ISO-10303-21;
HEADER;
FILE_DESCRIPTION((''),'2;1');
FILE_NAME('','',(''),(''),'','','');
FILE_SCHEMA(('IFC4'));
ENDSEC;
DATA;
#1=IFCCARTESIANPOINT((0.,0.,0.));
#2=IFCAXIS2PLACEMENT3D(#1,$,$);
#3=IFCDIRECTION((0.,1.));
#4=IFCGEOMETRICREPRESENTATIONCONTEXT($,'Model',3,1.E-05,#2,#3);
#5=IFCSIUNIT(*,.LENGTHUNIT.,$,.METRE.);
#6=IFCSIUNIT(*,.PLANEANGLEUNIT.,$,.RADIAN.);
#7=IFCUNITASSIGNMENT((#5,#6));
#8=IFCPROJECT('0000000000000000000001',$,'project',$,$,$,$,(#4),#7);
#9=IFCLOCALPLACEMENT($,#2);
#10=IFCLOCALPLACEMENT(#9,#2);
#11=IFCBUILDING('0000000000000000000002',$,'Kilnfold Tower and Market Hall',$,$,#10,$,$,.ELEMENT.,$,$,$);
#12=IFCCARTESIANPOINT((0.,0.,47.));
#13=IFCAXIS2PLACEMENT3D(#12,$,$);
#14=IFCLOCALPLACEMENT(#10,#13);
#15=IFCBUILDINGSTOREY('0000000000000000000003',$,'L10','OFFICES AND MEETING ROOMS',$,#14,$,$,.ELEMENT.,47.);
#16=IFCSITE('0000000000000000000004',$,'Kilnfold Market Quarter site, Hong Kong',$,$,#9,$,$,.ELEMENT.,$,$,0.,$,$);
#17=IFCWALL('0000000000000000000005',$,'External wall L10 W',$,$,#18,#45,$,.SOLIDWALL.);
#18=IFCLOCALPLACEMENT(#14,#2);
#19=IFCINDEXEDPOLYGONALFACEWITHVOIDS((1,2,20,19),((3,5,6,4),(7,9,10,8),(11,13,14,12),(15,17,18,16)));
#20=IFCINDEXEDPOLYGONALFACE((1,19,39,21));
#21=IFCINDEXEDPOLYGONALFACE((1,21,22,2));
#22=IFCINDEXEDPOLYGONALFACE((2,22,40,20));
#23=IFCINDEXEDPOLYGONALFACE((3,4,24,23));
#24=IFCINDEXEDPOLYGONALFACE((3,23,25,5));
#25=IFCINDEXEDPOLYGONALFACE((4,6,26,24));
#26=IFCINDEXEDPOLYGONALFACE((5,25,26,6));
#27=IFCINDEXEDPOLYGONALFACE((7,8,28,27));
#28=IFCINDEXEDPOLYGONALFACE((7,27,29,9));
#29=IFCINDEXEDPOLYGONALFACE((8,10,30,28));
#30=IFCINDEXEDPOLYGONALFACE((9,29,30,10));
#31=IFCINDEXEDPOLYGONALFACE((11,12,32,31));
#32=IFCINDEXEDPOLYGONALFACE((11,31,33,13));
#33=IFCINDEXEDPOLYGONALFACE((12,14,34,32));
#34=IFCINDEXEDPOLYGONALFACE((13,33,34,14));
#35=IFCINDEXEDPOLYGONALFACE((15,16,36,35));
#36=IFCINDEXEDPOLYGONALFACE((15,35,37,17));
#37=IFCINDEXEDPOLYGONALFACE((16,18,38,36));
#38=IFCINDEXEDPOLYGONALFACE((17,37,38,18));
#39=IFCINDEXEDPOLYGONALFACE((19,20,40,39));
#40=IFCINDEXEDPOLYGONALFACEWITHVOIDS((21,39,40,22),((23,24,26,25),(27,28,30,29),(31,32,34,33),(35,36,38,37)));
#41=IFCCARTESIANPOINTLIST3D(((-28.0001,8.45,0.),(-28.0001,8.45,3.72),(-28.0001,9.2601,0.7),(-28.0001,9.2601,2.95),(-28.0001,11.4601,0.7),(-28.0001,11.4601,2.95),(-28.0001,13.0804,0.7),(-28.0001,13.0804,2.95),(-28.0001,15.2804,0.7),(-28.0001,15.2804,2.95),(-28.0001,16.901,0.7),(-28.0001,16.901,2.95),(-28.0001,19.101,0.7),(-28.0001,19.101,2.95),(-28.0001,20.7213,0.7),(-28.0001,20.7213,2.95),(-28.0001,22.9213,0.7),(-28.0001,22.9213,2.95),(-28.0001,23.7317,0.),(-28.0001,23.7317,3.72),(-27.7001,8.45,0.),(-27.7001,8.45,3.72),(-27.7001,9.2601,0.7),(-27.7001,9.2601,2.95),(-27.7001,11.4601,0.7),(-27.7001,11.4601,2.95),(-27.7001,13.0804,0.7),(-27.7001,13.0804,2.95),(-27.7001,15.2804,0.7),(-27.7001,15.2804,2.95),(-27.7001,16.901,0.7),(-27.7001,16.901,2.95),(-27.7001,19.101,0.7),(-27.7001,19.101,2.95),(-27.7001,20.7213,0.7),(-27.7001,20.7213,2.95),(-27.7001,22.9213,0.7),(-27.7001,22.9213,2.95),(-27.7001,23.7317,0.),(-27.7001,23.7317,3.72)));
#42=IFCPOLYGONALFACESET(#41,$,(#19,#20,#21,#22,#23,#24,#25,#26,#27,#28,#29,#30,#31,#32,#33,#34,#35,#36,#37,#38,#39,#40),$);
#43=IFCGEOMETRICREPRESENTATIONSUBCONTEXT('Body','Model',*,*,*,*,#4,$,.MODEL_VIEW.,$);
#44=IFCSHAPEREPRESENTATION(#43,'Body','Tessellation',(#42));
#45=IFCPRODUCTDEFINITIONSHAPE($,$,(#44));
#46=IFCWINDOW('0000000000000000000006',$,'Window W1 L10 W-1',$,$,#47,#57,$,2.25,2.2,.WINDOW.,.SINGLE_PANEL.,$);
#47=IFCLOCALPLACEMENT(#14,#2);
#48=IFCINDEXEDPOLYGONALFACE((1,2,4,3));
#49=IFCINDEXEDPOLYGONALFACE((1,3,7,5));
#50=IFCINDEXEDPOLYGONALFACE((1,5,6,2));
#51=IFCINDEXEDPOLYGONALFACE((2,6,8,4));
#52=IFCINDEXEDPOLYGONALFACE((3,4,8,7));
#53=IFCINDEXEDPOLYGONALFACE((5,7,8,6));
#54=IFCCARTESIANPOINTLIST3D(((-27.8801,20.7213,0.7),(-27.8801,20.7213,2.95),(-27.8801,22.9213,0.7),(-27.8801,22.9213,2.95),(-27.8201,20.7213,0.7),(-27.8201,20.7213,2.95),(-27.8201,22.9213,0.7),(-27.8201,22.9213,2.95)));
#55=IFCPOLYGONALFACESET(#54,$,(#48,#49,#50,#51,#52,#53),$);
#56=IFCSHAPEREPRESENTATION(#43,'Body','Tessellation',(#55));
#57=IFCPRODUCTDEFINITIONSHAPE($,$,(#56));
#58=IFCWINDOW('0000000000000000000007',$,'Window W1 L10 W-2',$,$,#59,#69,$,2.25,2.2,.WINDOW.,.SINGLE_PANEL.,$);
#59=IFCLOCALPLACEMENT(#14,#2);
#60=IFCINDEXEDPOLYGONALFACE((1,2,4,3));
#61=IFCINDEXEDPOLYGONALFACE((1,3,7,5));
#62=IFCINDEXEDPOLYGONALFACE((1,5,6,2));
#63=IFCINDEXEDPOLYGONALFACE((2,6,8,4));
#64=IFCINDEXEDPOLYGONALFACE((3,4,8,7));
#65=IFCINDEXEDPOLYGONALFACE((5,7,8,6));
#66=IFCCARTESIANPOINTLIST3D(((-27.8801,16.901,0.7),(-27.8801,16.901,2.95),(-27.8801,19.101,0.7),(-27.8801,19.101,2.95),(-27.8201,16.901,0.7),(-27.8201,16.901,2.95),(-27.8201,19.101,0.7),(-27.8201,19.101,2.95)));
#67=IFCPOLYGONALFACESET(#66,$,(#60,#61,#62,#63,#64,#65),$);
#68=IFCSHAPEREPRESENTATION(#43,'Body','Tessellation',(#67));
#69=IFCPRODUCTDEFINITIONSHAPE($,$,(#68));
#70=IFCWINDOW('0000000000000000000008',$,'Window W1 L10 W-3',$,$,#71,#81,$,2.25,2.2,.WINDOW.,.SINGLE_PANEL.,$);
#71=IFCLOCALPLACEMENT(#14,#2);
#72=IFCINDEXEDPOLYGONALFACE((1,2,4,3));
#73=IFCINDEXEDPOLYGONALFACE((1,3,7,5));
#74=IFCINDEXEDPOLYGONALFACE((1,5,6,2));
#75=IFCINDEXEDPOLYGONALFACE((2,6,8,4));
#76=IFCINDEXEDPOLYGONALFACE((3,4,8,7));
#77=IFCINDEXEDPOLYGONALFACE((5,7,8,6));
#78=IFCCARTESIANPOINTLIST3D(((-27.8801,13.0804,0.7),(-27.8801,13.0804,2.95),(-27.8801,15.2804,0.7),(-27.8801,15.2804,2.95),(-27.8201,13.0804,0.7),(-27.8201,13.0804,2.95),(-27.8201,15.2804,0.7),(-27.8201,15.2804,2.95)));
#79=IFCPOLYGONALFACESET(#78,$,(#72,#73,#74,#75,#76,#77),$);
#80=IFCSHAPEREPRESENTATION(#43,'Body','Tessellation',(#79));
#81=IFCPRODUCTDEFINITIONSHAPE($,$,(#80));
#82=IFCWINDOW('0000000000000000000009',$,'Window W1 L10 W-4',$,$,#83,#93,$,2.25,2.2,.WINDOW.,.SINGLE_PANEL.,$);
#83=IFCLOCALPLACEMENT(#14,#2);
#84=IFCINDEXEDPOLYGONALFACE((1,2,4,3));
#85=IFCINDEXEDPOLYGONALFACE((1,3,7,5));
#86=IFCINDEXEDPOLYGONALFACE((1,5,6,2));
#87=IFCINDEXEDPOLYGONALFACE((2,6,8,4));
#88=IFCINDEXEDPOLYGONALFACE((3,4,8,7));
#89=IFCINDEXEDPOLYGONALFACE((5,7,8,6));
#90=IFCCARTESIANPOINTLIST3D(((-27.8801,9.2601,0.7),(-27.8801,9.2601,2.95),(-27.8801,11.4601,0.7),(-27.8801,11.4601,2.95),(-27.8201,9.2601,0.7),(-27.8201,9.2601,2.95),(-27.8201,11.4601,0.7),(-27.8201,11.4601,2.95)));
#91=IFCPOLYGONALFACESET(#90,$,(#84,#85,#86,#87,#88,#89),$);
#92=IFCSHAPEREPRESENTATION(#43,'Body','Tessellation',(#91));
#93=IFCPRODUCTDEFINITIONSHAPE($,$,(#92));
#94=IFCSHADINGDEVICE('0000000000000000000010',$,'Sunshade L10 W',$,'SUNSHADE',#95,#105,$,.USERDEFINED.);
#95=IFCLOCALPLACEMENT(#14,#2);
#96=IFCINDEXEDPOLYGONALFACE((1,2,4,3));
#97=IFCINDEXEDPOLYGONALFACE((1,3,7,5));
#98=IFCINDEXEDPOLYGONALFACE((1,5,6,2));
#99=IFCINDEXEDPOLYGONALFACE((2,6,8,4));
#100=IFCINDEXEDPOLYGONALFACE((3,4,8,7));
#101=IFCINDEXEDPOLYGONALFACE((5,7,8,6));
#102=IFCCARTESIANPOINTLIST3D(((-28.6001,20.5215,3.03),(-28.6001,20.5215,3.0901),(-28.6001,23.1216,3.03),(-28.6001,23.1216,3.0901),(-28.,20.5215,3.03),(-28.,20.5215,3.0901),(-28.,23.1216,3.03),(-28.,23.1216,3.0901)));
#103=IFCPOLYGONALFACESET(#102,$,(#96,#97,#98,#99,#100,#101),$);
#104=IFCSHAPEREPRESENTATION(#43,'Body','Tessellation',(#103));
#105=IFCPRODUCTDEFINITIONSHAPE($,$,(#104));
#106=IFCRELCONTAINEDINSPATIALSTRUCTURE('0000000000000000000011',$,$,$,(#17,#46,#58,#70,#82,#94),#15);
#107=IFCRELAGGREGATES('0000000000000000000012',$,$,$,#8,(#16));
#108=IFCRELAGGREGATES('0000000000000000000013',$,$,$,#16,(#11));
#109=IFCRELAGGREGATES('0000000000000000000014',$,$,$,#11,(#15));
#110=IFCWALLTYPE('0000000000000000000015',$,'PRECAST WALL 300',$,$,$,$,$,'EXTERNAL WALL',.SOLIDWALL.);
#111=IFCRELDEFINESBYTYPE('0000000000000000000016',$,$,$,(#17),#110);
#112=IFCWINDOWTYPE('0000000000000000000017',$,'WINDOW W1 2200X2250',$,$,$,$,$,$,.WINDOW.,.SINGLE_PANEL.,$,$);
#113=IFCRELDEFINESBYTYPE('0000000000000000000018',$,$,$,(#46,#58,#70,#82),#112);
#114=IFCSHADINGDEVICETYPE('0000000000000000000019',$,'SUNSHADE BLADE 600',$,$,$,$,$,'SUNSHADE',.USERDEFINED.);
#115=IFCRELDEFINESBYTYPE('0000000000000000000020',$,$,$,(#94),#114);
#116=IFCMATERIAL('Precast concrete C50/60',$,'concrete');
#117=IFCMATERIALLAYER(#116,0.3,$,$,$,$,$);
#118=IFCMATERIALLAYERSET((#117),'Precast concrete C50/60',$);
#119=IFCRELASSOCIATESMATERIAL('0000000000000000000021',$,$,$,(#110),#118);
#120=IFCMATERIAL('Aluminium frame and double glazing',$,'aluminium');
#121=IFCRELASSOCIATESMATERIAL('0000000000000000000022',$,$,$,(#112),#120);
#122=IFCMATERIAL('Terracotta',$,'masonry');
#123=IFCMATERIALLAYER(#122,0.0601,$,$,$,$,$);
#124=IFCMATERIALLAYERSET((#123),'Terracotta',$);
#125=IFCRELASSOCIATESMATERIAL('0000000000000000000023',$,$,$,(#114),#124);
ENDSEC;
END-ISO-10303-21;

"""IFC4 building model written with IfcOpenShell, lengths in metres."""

from ifc_helpers import new_model, si_unit, direction, frame, frame_2d, origin, origin_2d, place, context, subcontext, project, spatial, rectangle, extrude, source, transform, mapped, material, layer, layer_set, type_object, element, fill, save


model = new_model("IFC4")

# Units and contexts
model_context = context("Model", 3, precision=1e-05, world=origin(), true_north=direction((0.0, 1.0)))
body_context = subcontext(model_context, "Body", "Model", "MODEL_VIEW")
ifc_project = project(units=[si_unit("LENGTHUNIT", "METRE"), si_unit("PLANEANGLEUNIT", "RADIAN")], contexts=[model_context])

# Site, building, storey
site_placement = place(None, origin())
site = spatial("IfcSite", under=ifc_project, at=site_placement, Name="Kilnfold Market Quarter site, Hong Kong", CompositionType="ELEMENT", RefElevation=0.0)
building_placement = place(site_placement, origin())
building = spatial("IfcBuilding", under=site, at=building_placement, Name="Kilnfold Tower and Market Hall", CompositionType="ELEMENT")
storey_placement = place(building_placement, frame((0.0, 0.0, 47.0)))
storey = spatial("IfcBuildingStorey", under=building, at=storey_placement, Name="L10", Description="OFFICES AND MEETING ROOMS", CompositionType="ELEMENT", Elevation=47.0)

# Shared definitions
ifc_material_1 = material(Name="Precast concrete C50/60", Category="concrete")
ifc_layer_1 = layer(ifc_material_1, 0.3)
ifc_layer_set_1 = layer_set([ifc_layer_1], Name="Precast concrete C50/60")
wall_type_1 = type_object("IfcWallType", Name="PRECAST WALL 300", ElementType="EXTERNAL WALL", PredefinedType="SOLIDWALL", material=ifc_layer_set_1)
ifc_material_2 = material(Name="Aluminium frame and double glazing", Category="aluminium")
window_type = type_object("IfcWindowType", Name="WINDOW W1 2200X2250", PartitioningType="SINGLE_PANEL", PredefinedType="WINDOW", material=ifc_material_2)

# Wall, openings, windows
shared_shape_1 = source(origin(), body_context, "Body", "SweptSolid", [
    extrude(rectangle(XDim=15.2817, YDim=0.3, at=frame_2d((7.6409, 0.0))), origin(), (0.0, 0.0, 1.0), 3.72),
])
wall_1_placement = place(storey_placement, frame((-27.8501, 23.7317, 0.0), z_axis=(0.0, 0.0, 1.0), x_axis=(0.0, -1.0, 0.0)))
wall_1 = element("IfcWall", 1, at=wall_1_placement, inside=storey, type_object=wall_type_1, Name="External wall L10 W", PredefinedType="SOLIDWALL", context=body_context, shape_type="MappedRepresentation", body=[
    mapped(shared_shape_1, transform((0.0, 0.0, 0.0))),
])
opening_1_placement = place(wall_1_placement, frame((0.8103, 0.0, 0.7)))
opening_1 = element("IfcOpeningElement", 2, at=opening_1_placement, cuts=wall_1, PredefinedType="OPENING", context=body_context, shape_type="SweptSolid", body=[
    extrude(rectangle(XDim=2.2, YDim=2.25, at=frame_2d((1.1001, 1.125))), frame((0.0, 0.1602, 0.0), z_axis=(0.0, -1.0, 0.0), x_axis=(1.0, 0.0, 0.0)), (0.0, 0.0, 1.0), 0.3201),
])
opening_2_placement = place(wall_1_placement, frame((4.6306, 0.0, 0.7)))
opening_2 = element("IfcOpeningElement", 3, at=opening_2_placement, cuts=wall_1, PredefinedType="OPENING", context=body_context, shape_type="SweptSolid", body=[
    extrude(rectangle(XDim=2.2, YDim=2.25, at=frame_2d((1.1001, 1.125))), frame((0.0, 0.1602, 0.0), z_axis=(0.0, -1.0, 0.0), x_axis=(1.0, 0.0, 0.0)), (0.0, 0.0, 1.0), 0.3201),
])
opening_3_placement = place(wall_1_placement, frame((8.4512, 0.0, 0.7)))
opening_3 = element("IfcOpeningElement", 4, at=opening_3_placement, cuts=wall_1, PredefinedType="OPENING", context=body_context, shape_type="SweptSolid", body=[
    extrude(rectangle(XDim=2.2, YDim=2.25, at=frame_2d((1.1001, 1.125))), frame((0.0, 0.1602, 0.0), z_axis=(0.0, -1.0, 0.0), x_axis=(1.0, 0.0, 0.0)), (0.0, 0.0, 1.0), 0.3201),
])
opening_4_placement = place(wall_1_placement, frame((12.2715, 0.0, 0.7)))
opening_4 = element("IfcOpeningElement", 5, at=opening_4_placement, cuts=wall_1, PredefinedType="OPENING", context=body_context, shape_type="SweptSolid", body=[
    extrude(rectangle(XDim=2.2, YDim=2.25, at=frame_2d((1.1001, 1.125))), frame((0.0, 0.1602, 0.0), z_axis=(0.0, -1.0, 0.0), x_axis=(1.0, 0.0, 0.0)), (0.0, 0.0, 1.0), 0.3201),
])
window_1_placement = place(opening_1_placement, origin())
window_1 = element("IfcWindow", 6, at=window_1_placement, inside=storey, type_object=window_type, Name="Window W1 L10 W-1", OverallHeight=2.25, OverallWidth=2.2, PartitioningType="SINGLE_PANEL", PredefinedType="WINDOW", context=body_context, shape_type="SweptSolid", body=[
    extrude(rectangle(XDim=2.2, YDim=2.25, at=frame_2d((1.1001, 1.125))), frame((0.0, 0.03, 0.0), z_axis=(0.0, -1.0, 0.0), x_axis=(1.0, 0.0, 0.0)), (0.0, 0.0, 1.0), 0.0601),
])
fill(opening_1, window_1)
window_2_placement = place(opening_2_placement, origin())
window_2 = element("IfcWindow", 7, at=window_2_placement, inside=storey, type_object=window_type, Name="Window W1 L10 W-2", OverallHeight=2.25, OverallWidth=2.2, PartitioningType="SINGLE_PANEL", PredefinedType="WINDOW", context=body_context, shape_type="SweptSolid", body=[
    extrude(rectangle(XDim=2.2, YDim=2.25, at=frame_2d((1.1001, 1.125))), frame((0.0, 0.03, 0.0), z_axis=(0.0, -1.0, 0.0), x_axis=(1.0, 0.0, 0.0)), (0.0, 0.0, 1.0), 0.0601),
])
fill(opening_2, window_2)
window_3_placement = place(opening_3_placement, origin())
window_3 = element("IfcWindow", 8, at=window_3_placement, inside=storey, type_object=window_type, Name="Window W1 L10 W-3", OverallHeight=2.25, OverallWidth=2.2, PartitioningType="SINGLE_PANEL", PredefinedType="WINDOW", context=body_context, shape_type="SweptSolid", body=[
    extrude(rectangle(XDim=2.2, YDim=2.25, at=frame_2d((1.1001, 1.125))), frame((0.0, 0.03, 0.0), z_axis=(0.0, -1.0, 0.0), x_axis=(1.0, 0.0, 0.0)), (0.0, 0.0, 1.0), 0.0601),
])
fill(opening_3, window_3)
window_4_placement = place(opening_4_placement, origin())
window_4 = element("IfcWindow", 9, at=window_4_placement, inside=storey, type_object=window_type, Name="Window W1 L10 W-4", OverallHeight=2.25, OverallWidth=2.2, PartitioningType="SINGLE_PANEL", PredefinedType="WINDOW", context=body_context, shape_type="SweptSolid", body=[
    extrude(rectangle(XDim=2.2, YDim=2.25, at=frame_2d((1.1001, 1.125))), frame((0.0, 0.03, 0.0), z_axis=(0.0, -1.0, 0.0), x_axis=(1.0, 0.0, 0.0)), (0.0, 0.0, 1.0), 0.0601),
])
fill(opening_4, window_4)

# Shading device
ifc_material_3 = material(Name="Terracotta", Category="masonry")
ifc_layer_2 = layer(ifc_material_3, 0.0601)
ifc_layer_set_2 = layer_set([ifc_layer_2], Name="Terracotta")
shading_device_type = type_object("IfcShadingDeviceType", Name="SUNSHADE BLADE 600", ElementType="SUNSHADE", PredefinedType="USERDEFINED", material=ifc_layer_set_2)
shared_shape_2 = source(origin(), body_context, "Body", "SweptSolid", [
    extrude(rectangle(XDim=2.6001, YDim=0.6001, at=origin_2d()), origin(), (0.0, 0.0, 1.0), 0.0601),
])
shading_device_placement = place(storey_placement, frame((-28.3, 21.8215, 3.03), z_axis=(0.0, 0.0, 1.0), x_axis=(0.0, -1.0, 0.0)))
element("IfcShadingDevice", 10, at=shading_device_placement, inside=storey, type_object=shading_device_type, Name="Sunshade L10 W", ObjectType="SUNSHADE", PredefinedType="USERDEFINED", context=body_context, shape_type="MappedRepresentation", body=[
    mapped(shared_shape_2, transform((0.0, 0.0, 0.0))),
])

save(model, "model.ifc")
